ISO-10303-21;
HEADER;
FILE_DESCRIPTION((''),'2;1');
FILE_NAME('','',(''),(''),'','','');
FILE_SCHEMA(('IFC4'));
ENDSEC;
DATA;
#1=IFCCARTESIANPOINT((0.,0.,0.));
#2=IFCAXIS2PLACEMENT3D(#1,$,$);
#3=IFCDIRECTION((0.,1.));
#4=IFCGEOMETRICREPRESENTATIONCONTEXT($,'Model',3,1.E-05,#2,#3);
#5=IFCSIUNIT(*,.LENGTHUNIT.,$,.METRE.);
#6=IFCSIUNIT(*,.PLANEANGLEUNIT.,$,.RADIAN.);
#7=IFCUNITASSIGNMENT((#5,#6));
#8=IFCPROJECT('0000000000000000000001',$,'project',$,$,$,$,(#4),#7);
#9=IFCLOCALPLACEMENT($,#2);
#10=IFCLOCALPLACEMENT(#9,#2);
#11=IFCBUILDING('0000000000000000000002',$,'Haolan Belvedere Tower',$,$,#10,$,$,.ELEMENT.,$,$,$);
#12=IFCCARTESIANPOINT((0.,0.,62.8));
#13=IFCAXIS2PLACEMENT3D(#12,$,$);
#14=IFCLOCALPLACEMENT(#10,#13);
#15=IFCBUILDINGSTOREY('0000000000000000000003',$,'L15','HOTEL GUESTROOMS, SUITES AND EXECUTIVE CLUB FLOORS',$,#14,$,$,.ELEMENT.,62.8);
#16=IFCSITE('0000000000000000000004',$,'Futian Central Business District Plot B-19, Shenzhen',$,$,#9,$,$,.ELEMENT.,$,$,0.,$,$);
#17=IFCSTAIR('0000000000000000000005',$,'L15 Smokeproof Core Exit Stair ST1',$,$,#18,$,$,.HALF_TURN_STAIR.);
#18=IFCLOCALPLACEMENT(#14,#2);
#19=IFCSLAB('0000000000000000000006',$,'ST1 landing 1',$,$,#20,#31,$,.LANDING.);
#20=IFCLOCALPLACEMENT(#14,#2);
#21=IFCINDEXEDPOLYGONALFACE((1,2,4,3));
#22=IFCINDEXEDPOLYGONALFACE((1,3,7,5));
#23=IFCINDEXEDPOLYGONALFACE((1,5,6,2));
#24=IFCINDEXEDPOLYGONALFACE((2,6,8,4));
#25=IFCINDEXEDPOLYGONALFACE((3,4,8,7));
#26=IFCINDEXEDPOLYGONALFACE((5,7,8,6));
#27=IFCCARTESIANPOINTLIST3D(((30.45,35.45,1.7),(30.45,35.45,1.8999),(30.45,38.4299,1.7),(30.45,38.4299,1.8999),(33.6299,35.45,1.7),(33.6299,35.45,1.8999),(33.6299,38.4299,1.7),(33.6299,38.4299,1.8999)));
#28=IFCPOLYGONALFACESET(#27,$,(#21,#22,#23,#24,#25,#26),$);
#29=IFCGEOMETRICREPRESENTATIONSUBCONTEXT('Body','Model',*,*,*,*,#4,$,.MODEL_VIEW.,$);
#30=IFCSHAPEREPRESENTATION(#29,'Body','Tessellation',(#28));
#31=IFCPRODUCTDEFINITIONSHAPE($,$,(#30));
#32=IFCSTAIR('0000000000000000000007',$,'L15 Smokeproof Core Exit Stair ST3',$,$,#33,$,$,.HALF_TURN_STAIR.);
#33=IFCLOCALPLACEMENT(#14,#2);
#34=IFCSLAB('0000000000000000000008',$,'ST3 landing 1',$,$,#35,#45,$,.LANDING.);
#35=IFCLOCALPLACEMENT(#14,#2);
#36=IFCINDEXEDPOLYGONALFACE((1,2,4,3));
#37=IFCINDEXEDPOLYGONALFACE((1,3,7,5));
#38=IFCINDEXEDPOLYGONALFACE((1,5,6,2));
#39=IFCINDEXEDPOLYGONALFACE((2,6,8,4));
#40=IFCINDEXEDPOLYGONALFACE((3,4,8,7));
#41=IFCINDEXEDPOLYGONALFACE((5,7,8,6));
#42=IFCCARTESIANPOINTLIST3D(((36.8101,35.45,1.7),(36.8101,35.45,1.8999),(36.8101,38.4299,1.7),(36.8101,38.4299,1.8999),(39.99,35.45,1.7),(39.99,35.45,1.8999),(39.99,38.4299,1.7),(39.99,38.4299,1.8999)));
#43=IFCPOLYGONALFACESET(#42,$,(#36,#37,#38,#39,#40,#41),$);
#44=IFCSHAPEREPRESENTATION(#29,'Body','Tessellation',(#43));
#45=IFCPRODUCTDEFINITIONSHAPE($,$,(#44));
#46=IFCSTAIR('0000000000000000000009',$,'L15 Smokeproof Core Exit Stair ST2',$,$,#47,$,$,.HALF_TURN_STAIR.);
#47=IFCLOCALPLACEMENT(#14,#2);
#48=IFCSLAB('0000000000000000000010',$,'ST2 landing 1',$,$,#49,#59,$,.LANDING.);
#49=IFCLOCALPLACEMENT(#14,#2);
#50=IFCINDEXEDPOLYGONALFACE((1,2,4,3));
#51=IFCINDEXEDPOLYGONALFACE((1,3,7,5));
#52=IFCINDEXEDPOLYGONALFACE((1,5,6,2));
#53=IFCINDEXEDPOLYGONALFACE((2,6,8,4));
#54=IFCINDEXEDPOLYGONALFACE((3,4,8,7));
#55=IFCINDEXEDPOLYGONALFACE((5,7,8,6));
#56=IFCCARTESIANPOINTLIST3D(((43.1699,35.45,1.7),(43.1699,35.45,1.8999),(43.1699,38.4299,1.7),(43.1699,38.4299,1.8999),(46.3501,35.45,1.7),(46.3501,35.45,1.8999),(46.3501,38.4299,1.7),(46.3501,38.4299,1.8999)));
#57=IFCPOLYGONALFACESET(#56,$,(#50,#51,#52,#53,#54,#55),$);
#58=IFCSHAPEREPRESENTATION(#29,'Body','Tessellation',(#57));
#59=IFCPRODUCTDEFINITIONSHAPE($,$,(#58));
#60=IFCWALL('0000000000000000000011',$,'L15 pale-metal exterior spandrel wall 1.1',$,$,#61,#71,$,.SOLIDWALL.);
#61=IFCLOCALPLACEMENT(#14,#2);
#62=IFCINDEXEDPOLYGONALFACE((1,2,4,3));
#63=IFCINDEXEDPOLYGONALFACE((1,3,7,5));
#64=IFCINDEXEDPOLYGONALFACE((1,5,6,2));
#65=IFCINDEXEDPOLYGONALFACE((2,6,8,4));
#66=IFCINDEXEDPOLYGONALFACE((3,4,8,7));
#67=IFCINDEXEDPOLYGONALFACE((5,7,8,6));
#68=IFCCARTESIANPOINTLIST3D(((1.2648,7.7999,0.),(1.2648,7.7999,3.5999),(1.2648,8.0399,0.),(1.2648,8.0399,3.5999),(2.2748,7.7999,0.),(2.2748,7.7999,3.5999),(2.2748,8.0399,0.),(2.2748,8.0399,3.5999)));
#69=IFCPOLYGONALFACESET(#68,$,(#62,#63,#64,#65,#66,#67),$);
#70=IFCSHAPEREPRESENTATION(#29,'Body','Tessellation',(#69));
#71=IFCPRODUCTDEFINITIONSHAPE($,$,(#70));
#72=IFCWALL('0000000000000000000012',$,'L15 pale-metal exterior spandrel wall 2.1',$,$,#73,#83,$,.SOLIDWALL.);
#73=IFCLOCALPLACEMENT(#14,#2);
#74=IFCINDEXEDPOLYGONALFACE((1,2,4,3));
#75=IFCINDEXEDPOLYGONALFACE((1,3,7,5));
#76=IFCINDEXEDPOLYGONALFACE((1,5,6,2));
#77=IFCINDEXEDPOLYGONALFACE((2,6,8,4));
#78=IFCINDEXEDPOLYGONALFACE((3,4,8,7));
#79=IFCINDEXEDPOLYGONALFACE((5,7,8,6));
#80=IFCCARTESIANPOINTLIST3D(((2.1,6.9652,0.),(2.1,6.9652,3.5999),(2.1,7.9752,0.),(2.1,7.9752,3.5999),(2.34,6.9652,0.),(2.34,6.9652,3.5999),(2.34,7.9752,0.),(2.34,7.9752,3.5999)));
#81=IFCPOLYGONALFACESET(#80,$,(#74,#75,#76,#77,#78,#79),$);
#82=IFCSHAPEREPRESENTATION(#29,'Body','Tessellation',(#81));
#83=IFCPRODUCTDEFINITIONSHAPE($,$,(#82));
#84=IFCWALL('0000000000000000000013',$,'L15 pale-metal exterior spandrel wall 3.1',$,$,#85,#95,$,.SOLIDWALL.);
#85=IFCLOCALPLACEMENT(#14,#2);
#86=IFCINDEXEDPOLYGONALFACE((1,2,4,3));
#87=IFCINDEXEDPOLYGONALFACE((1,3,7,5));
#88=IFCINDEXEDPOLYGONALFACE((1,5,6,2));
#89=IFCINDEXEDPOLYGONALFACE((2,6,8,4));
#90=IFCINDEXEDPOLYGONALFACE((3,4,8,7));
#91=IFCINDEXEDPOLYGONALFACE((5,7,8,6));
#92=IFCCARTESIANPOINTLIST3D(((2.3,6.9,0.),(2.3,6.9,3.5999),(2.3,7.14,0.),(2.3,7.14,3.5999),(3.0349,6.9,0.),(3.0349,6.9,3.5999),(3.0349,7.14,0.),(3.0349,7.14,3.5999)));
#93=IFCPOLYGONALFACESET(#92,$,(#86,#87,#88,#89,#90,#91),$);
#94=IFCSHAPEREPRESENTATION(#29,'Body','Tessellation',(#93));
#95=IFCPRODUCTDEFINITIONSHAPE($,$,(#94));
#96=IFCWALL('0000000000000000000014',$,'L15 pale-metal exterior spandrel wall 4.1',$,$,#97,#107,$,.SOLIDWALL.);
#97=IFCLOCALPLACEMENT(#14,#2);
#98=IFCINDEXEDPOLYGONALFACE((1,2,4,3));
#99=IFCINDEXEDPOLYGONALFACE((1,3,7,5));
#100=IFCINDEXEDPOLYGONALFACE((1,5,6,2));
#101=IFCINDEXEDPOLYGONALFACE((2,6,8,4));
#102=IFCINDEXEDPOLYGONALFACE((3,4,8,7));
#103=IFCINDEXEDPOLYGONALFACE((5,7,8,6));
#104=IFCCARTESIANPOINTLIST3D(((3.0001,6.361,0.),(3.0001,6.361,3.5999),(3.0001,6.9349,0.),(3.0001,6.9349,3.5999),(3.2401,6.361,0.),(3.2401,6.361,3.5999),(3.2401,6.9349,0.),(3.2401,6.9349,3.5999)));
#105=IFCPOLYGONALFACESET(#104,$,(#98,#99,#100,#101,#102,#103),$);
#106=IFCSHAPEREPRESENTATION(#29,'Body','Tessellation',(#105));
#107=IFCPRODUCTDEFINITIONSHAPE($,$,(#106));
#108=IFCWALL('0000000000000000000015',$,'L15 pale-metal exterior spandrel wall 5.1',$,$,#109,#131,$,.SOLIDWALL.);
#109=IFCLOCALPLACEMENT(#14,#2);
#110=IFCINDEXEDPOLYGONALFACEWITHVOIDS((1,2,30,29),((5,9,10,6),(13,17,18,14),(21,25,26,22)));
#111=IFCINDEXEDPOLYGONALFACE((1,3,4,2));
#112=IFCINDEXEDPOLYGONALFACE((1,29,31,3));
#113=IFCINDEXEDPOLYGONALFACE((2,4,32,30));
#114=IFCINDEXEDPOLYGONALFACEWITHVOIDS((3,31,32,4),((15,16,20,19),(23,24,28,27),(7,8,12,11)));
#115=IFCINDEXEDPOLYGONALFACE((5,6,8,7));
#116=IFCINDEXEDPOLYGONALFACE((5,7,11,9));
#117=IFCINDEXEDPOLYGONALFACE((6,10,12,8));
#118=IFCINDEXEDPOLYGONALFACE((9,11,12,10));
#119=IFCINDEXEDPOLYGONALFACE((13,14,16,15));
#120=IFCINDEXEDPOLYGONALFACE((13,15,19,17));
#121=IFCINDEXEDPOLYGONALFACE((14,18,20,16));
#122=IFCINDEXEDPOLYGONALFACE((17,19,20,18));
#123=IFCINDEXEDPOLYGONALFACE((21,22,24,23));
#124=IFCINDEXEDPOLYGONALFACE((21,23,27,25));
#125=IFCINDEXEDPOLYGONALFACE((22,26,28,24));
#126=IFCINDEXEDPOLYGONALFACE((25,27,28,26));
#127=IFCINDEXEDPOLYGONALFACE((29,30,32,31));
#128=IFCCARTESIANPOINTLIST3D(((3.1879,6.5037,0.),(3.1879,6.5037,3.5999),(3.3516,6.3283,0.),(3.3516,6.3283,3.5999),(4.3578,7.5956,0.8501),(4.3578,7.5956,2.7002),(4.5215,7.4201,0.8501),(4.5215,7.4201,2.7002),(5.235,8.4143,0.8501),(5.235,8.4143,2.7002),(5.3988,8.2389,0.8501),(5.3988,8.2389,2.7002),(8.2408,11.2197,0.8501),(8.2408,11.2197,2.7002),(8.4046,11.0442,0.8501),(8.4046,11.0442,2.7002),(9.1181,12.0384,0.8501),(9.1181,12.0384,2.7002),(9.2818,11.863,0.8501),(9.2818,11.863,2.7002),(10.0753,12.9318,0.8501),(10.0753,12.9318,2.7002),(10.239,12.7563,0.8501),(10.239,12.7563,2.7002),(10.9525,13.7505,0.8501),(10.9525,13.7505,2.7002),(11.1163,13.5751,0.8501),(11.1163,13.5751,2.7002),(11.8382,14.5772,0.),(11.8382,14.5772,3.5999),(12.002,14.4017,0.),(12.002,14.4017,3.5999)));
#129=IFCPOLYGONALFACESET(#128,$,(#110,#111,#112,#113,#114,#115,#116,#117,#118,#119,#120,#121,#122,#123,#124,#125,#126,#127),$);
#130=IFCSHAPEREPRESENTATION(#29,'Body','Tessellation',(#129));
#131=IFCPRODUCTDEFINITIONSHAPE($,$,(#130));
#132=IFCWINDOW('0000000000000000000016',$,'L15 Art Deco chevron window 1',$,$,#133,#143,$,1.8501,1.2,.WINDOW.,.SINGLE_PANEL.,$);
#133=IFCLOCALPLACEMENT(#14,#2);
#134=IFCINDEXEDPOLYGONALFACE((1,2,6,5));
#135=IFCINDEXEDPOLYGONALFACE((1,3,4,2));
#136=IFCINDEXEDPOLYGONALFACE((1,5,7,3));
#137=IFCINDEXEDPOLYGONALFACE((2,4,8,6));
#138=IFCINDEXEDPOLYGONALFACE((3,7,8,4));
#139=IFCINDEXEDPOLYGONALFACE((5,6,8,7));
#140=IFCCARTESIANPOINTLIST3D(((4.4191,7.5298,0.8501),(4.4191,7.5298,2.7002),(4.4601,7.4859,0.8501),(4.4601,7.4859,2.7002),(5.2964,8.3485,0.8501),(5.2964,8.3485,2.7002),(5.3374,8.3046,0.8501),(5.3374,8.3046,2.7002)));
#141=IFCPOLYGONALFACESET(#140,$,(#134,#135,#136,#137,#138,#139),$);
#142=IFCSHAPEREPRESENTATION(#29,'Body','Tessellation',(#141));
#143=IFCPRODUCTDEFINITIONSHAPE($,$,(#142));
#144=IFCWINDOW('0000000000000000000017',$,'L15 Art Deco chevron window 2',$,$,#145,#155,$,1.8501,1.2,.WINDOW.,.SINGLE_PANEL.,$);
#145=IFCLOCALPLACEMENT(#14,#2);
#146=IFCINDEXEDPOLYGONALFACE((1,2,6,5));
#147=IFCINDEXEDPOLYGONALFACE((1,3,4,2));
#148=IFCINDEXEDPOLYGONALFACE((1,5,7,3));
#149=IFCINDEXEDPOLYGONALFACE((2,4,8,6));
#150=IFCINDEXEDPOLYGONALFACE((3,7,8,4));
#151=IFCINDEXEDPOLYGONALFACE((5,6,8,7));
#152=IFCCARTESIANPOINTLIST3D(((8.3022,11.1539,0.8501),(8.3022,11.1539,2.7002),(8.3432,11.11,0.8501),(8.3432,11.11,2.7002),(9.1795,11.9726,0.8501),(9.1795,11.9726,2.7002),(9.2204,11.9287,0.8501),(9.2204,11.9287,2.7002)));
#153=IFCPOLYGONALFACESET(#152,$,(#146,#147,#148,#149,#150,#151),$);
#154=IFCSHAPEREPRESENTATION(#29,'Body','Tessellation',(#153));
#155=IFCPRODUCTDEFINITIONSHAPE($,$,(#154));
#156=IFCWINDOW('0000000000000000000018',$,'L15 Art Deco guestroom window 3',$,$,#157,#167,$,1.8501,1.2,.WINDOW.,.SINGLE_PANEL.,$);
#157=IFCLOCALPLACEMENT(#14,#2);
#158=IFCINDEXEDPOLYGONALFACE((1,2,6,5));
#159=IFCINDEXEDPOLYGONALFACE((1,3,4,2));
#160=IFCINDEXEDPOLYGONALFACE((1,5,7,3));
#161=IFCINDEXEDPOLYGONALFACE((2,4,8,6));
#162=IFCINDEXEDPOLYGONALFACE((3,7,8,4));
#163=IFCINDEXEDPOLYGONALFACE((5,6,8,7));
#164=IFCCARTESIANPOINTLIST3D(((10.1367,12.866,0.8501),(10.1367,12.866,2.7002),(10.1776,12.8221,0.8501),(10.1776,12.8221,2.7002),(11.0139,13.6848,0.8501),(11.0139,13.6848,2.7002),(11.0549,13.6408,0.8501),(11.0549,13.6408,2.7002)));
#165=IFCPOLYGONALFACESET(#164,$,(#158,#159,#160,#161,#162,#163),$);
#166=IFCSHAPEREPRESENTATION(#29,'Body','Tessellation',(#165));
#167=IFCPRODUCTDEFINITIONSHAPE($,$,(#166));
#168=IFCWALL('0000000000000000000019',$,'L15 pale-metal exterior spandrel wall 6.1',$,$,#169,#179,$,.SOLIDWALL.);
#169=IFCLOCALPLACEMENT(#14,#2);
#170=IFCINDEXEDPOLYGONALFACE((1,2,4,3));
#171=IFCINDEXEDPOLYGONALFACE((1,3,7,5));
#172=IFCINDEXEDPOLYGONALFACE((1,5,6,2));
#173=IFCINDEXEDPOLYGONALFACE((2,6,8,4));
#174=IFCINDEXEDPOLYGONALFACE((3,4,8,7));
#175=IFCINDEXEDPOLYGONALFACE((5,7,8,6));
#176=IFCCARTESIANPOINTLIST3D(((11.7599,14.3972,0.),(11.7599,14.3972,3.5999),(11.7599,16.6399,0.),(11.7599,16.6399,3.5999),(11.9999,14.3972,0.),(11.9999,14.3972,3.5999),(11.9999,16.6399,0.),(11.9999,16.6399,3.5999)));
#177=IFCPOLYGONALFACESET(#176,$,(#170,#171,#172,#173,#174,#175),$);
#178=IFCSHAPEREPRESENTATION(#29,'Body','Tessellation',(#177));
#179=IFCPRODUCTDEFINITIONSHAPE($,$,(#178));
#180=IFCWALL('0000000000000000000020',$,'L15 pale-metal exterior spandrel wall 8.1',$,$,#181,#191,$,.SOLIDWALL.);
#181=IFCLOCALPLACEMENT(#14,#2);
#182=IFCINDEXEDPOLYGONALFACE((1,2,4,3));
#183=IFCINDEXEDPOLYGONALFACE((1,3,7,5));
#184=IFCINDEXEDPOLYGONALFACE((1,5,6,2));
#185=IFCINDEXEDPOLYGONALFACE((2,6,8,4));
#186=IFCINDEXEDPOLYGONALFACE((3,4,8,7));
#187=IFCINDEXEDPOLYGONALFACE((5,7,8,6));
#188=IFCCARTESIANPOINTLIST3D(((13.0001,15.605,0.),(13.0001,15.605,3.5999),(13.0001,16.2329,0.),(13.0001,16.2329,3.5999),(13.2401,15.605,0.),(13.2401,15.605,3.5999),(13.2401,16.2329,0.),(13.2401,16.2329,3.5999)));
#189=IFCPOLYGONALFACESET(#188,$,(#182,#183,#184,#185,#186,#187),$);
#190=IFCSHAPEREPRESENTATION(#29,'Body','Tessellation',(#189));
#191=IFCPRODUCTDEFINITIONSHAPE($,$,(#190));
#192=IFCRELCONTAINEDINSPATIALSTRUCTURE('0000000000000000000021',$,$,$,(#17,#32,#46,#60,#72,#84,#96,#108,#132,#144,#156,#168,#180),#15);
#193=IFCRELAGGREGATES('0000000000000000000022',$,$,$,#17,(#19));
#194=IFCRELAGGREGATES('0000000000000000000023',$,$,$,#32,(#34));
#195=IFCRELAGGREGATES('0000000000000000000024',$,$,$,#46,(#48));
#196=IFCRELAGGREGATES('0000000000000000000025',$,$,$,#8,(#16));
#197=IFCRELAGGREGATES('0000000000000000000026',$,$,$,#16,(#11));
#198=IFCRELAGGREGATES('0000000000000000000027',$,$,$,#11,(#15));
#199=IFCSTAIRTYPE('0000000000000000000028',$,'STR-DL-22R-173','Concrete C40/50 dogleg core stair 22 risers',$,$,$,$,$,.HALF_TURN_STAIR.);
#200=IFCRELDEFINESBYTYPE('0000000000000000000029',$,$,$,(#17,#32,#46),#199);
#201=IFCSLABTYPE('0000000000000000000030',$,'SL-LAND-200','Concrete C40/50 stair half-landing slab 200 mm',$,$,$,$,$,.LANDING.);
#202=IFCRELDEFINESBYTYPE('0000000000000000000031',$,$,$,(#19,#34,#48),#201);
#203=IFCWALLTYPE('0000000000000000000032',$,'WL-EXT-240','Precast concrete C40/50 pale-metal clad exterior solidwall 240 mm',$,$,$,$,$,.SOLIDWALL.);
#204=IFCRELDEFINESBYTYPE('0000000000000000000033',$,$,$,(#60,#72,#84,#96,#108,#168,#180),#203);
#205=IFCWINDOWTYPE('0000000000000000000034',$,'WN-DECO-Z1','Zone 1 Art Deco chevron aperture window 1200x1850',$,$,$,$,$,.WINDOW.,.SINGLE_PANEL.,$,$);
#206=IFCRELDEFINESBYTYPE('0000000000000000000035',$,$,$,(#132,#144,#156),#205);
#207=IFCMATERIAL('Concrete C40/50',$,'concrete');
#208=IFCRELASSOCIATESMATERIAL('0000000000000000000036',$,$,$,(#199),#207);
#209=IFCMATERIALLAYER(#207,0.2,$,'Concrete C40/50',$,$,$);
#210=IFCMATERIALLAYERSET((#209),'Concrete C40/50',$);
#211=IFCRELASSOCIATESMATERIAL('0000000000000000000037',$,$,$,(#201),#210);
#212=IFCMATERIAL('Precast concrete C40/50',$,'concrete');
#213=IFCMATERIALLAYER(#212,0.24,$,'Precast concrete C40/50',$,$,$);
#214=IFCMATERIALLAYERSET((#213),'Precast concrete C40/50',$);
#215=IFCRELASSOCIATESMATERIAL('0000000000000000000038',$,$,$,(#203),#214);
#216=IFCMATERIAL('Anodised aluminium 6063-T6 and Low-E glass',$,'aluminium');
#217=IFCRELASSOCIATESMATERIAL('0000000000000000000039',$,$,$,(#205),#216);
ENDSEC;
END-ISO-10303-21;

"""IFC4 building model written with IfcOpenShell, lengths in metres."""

from ifc_helpers import new_model, si_unit, direction, frame, frame_2d, origin, place, context, subcontext, project, spatial, polyline, rectangle, outline, extrude, material, layer, layer_set, type_object, element, fill, aggregate, save


model = new_model("IFC4")

# Units and contexts
model_context = context("Model", 3, precision=1e-05, world=origin(), true_north=direction((0.0, 1.0)))
body_context = subcontext(model_context, "Body", "Model", "MODEL_VIEW")
ifc_project = project(units=[si_unit("LENGTHUNIT", "METRE"), si_unit("PLANEANGLEUNIT", "RADIAN")], contexts=[model_context])

# Site, building, storey
site_placement = place(None, origin())
site = spatial("IfcSite", under=ifc_project, at=site_placement, Name="Futian Central Business District Plot B-19, Shenzhen", CompositionType="ELEMENT", RefElevation=0.0)
building_placement = place(site_placement, origin())
building = spatial("IfcBuilding", under=site, at=building_placement, Name="Haolan Belvedere Tower", CompositionType="ELEMENT")
storey_placement = place(building_placement, frame((0.0, 0.0, 62.8)))
storey = spatial("IfcBuildingStorey", under=building, at=storey_placement, Name="L15", Description="HOTEL GUESTROOMS, SUITES AND EXECUTIVE CLUB FLOORS", CompositionType="ELEMENT", Elevation=62.8)

# Shared definitions
ifc_material_1 = material(Name="Concrete C40/50", Category="concrete")

# Stairs, slabs
stair_type = type_object("IfcStairType", Name="STR-DL-22R-173", Description="Concrete C40/50 dogleg core stair 22 risers", PredefinedType="HALF_TURN_STAIR", material=ifc_material_1)
stair_1_placement = place(storey_placement, origin())
stair_1 = element("IfcStair", 1, at=stair_1_placement, inside=storey, type_object=stair_type, Name="L15 Smokeproof Core Exit Stair ST1", PredefinedType="HALF_TURN_STAIR")
ifc_layer_1 = layer(ifc_material_1, 0.2, Name="Concrete C40/50")
ifc_layer_set_1 = layer_set([ifc_layer_1], Name="Concrete C40/50")
slab_type_1 = type_object("IfcSlabType", Name="SL-LAND-200", Description="Concrete C40/50 stair half-landing slab 200 mm", PredefinedType="LANDING", material=ifc_layer_set_1)
slab_1_placement = place(storey_placement, frame((0.0, 0.0, 1.7)))
slab_1 = element("IfcSlab", 2, at=slab_1_placement, type_object=slab_type_1, Name="ST1 landing 1", PredefinedType="LANDING", context=body_context, shape_type="SweptSolid", body=[
    extrude(outline(polyline([(30.45, 38.4299), (30.45, 35.45), (33.6299, 35.45), (33.6299, 38.4299), (30.45, 38.4299)])), origin(), (0.0, 0.0, 1.0), 0.2),
])
aggregate(stair_1, [slab_1])
stair_2_placement = place(storey_placement, origin())
stair_2 = element("IfcStair", 3, at=stair_2_placement, inside=storey, type_object=stair_type, Name="L15 Smokeproof Core Exit Stair ST3", PredefinedType="HALF_TURN_STAIR")
slab_2_placement = place(storey_placement, frame((0.0, 0.0, 1.7)))
slab_2 = element("IfcSlab", 4, at=slab_2_placement, type_object=slab_type_1, Name="ST3 landing 1", PredefinedType="LANDING", context=body_context, shape_type="SweptSolid", body=[
    extrude(outline(polyline([(36.8101, 38.4299), (36.8101, 35.45), (39.99, 35.45), (39.99, 38.4299), (36.8101, 38.4299)])), origin(), (0.0, 0.0, 1.0), 0.2),
])
aggregate(stair_2, [slab_2])
stair_3_placement = place(storey_placement, origin())
stair_3 = element("IfcStair", 5, at=stair_3_placement, inside=storey, type_object=stair_type, Name="L15 Smokeproof Core Exit Stair ST2", PredefinedType="HALF_TURN_STAIR")
slab_3_placement = place(storey_placement, frame((0.0, 0.0, 1.7)))
slab_3 = element("IfcSlab", 6, at=slab_3_placement, type_object=slab_type_1, Name="ST2 landing 1", PredefinedType="LANDING", context=body_context, shape_type="SweptSolid", body=[
    extrude(outline(polyline([(43.1699, 38.4299), (43.1699, 35.45), (46.3501, 35.45), (46.3501, 38.4299), (43.1699, 38.4299)])), origin(), (0.0, 0.0, 1.0), 0.2),
])
aggregate(stair_3, [slab_3])

# Walls
ifc_material_2 = material(Name="Precast concrete C40/50", Category="concrete")
ifc_layer_2 = layer(ifc_material_2, 0.24, Name="Precast concrete C40/50")
ifc_layer_set_2 = layer_set([ifc_layer_2], Name="Precast concrete C40/50")
wall_type_1 = type_object("IfcWallType", Name="WL-EXT-240", Description="Precast concrete C40/50 pale-metal clad exterior solidwall 240 mm", PredefinedType="SOLIDWALL", material=ifc_layer_set_2)
for number, where, z_axis, x_axis, name in (
    (7, (1.2649, 7.9199, 0.0), (0.0, 0.0, 1.0), (1.0, 0.0, 0.0), "L15 pale-metal exterior spandrel wall 1.1"),
    (8, (2.22, 7.9751, 0.0), (0.0, 0.0, 1.0), (0.0, -1.0, 0.0), "L15 pale-metal exterior spandrel wall 2.1"),
):
    element("IfcWall", number, at=place(storey_placement, frame(where, z_axis=z_axis, x_axis=x_axis)), inside=storey, type_object=wall_type_1, Name=name, PredefinedType="SOLIDWALL", context=body_context, shape_type="SweptSolid", body=[
        extrude(rectangle(XDim=1.01, YDim=0.24, at=frame_2d((0.5049, 0.0))), origin(), (0.0, 0.0, 1.0), 3.5999),
    ])
wall_1_placement = place(storey_placement, frame((2.3, 7.02, 0.0), z_axis=(0.0, 0.0, 1.0), x_axis=(1.0, 0.0, 0.0)))
element("IfcWall", 9, at=wall_1_placement, inside=storey, type_object=wall_type_1, Name="L15 pale-metal exterior spandrel wall 3.1", PredefinedType="SOLIDWALL", context=body_context, shape_type="SweptSolid", body=[
    extrude(rectangle(XDim=0.7349, YDim=0.24, at=frame_2d((0.3674, 0.0))), origin(), (0.0, 0.0, 1.0), 3.5999),
])
wall_2_placement = place(storey_placement, frame((3.1201, 6.9351, 0.0), z_axis=(0.0, 0.0, 1.0), x_axis=(0.0, -1.0, 0.0)))
element("IfcWall", 10, at=wall_2_placement, inside=storey, type_object=wall_type_1, Name="L15 pale-metal exterior spandrel wall 4.1", PredefinedType="SOLIDWALL", context=body_context, shape_type="SweptSolid", body=[
    extrude(rectangle(XDim=0.574, YDim=0.24, at=frame_2d((0.2871, 0.0))), origin(), (0.0, 0.0, 1.0), 3.5999),
])

# Wall, openings, windows
wall_3_placement = place(storey_placement, frame((3.2698, 6.416, 0.0), z_axis=(0.0, 0.0, 1.0), x_axis=(0.731064, 0.682309, 0.0)))
wall_3 = element("IfcWall", 11, at=wall_3_placement, inside=storey, type_object=wall_type_1, Name="L15 pale-metal exterior spandrel wall 5.1", PredefinedType="SOLIDWALL", context=body_context, shape_type="SweptSolid", body=[
    extrude(rectangle(XDim=11.8325, YDim=0.24, at=frame_2d((5.9163, 0.0))), origin(), (0.0, 0.0, 1.0), 3.5999),
])
opening_1_placement = place(wall_3_placement, frame((1.6001, 0.0, 0.8501)))
opening_1 = element("IfcOpeningElement", 12, at=opening_1_placement, cuts=wall_3, PredefinedType="OPENING", context=body_context, shape_type="SweptSolid", body=[
    extrude(rectangle(XDim=1.2, YDim=1.8501, at=frame_2d((0.6001, 0.925))), frame((0.0, 0.1299, 0.0), z_axis=(0.0, -1.0, 0.0), x_axis=(1.0, 0.0, 0.0)), (0.0, 0.0, 1.0), 0.26),
])
opening_2_placement = place(wall_3_placement, frame((6.9116, 0.0, 0.8501)))
opening_2 = element("IfcOpeningElement", 13, at=opening_2_placement, cuts=wall_3, PredefinedType="OPENING", context=body_context, shape_type="SweptSolid", body=[
    extrude(rectangle(XDim=1.2, YDim=1.8501, at=frame_2d((0.6001, 0.925))), frame((0.0, 0.1299, 0.0), z_axis=(0.0, -1.0, 0.0), x_axis=(1.0, 0.0, 0.0)), (0.0, 0.0, 1.0), 0.26),
])
opening_3_placement = place(wall_3_placement, frame((9.4209, 0.0, 0.8501)))
opening_3 = element("IfcOpeningElement", 14, at=opening_3_placement, cuts=wall_3, PredefinedType="OPENING", context=body_context, shape_type="SweptSolid", body=[
    extrude(rectangle(XDim=1.2, YDim=1.8501, at=frame_2d((0.6001, 0.925))), frame((0.0, 0.1299, 0.0), z_axis=(0.0, -1.0, 0.0), x_axis=(1.0, 0.0, 0.0)), (0.0, 0.0, 1.0), 0.26),
])
ifc_material_3 = material(Name="Anodised aluminium 6063-T6 and Low-E glass", Category="aluminium")
window_type = type_object("IfcWindowType", Name="WN-DECO-Z1", Description="Zone 1 Art Deco chevron aperture window 1200x1850", PartitioningType="SINGLE_PANEL", PredefinedType="WINDOW", material=ifc_material_3)
window_1_placement = place(opening_1_placement, origin())
window_1 = element("IfcWindow", 15, at=window_1_placement, inside=storey, type_object=window_type, Name="L15 Art Deco chevron window 1", OverallHeight=1.8501, OverallWidth=1.2, PartitioningType="SINGLE_PANEL", PredefinedType="WINDOW", context=body_context, shape_type="SweptSolid", body=[
    extrude(rectangle(XDim=1.2, YDim=1.8501, at=frame_2d((0.6001, 0.925))), frame((0.0, 0.03, 0.0), z_axis=(0.0, -1.0, 0.0), x_axis=(1.0, 0.0, 0.0)), (0.0, 0.0, 1.0), 0.0601),
])
fill(opening_1, window_1)
window_2_placement = place(opening_2_placement, origin())
window_2 = element("IfcWindow", 16, at=window_2_placement, inside=storey, type_object=window_type, Name="L15 Art Deco chevron window 2", OverallHeight=1.8501, OverallWidth=1.2, PartitioningType="SINGLE_PANEL", PredefinedType="WINDOW", context=body_context, shape_type="SweptSolid", body=[
    extrude(rectangle(XDim=1.2, YDim=1.8501, at=frame_2d((0.6001, 0.925))), frame((0.0, 0.03, 0.0), z_axis=(0.0, -1.0, 0.0), x_axis=(1.0, 0.0, 0.0)), (0.0, 0.0, 1.0), 0.0601),
])
fill(opening_2, window_2)
window_3_placement = place(opening_3_placement, origin())
window_3 = element("IfcWindow", 17, at=window_3_placement, inside=storey, type_object=window_type, Name="L15 Art Deco guestroom window 3", OverallHeight=1.8501, OverallWidth=1.2, PartitioningType="SINGLE_PANEL", PredefinedType="WINDOW", context=body_context, shape_type="SweptSolid", body=[
    extrude(rectangle(XDim=1.2, YDim=1.8501, at=frame_2d((0.6001, 0.925))), frame((0.0, 0.03, 0.0), z_axis=(0.0, -1.0, 0.0), x_axis=(1.0, 0.0, 0.0)), (0.0, 0.0, 1.0), 0.0601),
])
fill(opening_3, window_3)

# Walls
wall_4_placement = place(storey_placement, frame((11.8799, 14.3972, 0.0), z_axis=(0.0, 0.0, 1.0), x_axis=(0.0, 1.0, 0.0)))
element("IfcWall", 18, at=wall_4_placement, inside=storey, type_object=wall_type_1, Name="L15 pale-metal exterior spandrel wall 6.1", PredefinedType="SOLIDWALL", context=body_context, shape_type="SweptSolid", body=[
    extrude(rectangle(XDim=2.2427, YDim=0.24, at=frame_2d((1.1213, 0.0))), origin(), (0.0, 0.0, 1.0), 3.5999),
])
wall_5_placement = place(storey_placement, frame((13.1201, 16.2329, 0.0), z_axis=(0.0, 0.0, 1.0), x_axis=(0.0, -1.0, 0.0)))
element("IfcWall", 19, at=wall_5_placement, inside=storey, type_object=wall_type_1, Name="L15 pale-metal exterior spandrel wall 8.1", PredefinedType="SOLIDWALL", context=body_context, shape_type="SweptSolid", body=[
    extrude(rectangle(XDim=0.6279, YDim=0.24, at=frame_2d((0.314, 0.0))), origin(), (0.0, 0.0, 1.0), 3.5999),
])

save(model, "model.ifc")
